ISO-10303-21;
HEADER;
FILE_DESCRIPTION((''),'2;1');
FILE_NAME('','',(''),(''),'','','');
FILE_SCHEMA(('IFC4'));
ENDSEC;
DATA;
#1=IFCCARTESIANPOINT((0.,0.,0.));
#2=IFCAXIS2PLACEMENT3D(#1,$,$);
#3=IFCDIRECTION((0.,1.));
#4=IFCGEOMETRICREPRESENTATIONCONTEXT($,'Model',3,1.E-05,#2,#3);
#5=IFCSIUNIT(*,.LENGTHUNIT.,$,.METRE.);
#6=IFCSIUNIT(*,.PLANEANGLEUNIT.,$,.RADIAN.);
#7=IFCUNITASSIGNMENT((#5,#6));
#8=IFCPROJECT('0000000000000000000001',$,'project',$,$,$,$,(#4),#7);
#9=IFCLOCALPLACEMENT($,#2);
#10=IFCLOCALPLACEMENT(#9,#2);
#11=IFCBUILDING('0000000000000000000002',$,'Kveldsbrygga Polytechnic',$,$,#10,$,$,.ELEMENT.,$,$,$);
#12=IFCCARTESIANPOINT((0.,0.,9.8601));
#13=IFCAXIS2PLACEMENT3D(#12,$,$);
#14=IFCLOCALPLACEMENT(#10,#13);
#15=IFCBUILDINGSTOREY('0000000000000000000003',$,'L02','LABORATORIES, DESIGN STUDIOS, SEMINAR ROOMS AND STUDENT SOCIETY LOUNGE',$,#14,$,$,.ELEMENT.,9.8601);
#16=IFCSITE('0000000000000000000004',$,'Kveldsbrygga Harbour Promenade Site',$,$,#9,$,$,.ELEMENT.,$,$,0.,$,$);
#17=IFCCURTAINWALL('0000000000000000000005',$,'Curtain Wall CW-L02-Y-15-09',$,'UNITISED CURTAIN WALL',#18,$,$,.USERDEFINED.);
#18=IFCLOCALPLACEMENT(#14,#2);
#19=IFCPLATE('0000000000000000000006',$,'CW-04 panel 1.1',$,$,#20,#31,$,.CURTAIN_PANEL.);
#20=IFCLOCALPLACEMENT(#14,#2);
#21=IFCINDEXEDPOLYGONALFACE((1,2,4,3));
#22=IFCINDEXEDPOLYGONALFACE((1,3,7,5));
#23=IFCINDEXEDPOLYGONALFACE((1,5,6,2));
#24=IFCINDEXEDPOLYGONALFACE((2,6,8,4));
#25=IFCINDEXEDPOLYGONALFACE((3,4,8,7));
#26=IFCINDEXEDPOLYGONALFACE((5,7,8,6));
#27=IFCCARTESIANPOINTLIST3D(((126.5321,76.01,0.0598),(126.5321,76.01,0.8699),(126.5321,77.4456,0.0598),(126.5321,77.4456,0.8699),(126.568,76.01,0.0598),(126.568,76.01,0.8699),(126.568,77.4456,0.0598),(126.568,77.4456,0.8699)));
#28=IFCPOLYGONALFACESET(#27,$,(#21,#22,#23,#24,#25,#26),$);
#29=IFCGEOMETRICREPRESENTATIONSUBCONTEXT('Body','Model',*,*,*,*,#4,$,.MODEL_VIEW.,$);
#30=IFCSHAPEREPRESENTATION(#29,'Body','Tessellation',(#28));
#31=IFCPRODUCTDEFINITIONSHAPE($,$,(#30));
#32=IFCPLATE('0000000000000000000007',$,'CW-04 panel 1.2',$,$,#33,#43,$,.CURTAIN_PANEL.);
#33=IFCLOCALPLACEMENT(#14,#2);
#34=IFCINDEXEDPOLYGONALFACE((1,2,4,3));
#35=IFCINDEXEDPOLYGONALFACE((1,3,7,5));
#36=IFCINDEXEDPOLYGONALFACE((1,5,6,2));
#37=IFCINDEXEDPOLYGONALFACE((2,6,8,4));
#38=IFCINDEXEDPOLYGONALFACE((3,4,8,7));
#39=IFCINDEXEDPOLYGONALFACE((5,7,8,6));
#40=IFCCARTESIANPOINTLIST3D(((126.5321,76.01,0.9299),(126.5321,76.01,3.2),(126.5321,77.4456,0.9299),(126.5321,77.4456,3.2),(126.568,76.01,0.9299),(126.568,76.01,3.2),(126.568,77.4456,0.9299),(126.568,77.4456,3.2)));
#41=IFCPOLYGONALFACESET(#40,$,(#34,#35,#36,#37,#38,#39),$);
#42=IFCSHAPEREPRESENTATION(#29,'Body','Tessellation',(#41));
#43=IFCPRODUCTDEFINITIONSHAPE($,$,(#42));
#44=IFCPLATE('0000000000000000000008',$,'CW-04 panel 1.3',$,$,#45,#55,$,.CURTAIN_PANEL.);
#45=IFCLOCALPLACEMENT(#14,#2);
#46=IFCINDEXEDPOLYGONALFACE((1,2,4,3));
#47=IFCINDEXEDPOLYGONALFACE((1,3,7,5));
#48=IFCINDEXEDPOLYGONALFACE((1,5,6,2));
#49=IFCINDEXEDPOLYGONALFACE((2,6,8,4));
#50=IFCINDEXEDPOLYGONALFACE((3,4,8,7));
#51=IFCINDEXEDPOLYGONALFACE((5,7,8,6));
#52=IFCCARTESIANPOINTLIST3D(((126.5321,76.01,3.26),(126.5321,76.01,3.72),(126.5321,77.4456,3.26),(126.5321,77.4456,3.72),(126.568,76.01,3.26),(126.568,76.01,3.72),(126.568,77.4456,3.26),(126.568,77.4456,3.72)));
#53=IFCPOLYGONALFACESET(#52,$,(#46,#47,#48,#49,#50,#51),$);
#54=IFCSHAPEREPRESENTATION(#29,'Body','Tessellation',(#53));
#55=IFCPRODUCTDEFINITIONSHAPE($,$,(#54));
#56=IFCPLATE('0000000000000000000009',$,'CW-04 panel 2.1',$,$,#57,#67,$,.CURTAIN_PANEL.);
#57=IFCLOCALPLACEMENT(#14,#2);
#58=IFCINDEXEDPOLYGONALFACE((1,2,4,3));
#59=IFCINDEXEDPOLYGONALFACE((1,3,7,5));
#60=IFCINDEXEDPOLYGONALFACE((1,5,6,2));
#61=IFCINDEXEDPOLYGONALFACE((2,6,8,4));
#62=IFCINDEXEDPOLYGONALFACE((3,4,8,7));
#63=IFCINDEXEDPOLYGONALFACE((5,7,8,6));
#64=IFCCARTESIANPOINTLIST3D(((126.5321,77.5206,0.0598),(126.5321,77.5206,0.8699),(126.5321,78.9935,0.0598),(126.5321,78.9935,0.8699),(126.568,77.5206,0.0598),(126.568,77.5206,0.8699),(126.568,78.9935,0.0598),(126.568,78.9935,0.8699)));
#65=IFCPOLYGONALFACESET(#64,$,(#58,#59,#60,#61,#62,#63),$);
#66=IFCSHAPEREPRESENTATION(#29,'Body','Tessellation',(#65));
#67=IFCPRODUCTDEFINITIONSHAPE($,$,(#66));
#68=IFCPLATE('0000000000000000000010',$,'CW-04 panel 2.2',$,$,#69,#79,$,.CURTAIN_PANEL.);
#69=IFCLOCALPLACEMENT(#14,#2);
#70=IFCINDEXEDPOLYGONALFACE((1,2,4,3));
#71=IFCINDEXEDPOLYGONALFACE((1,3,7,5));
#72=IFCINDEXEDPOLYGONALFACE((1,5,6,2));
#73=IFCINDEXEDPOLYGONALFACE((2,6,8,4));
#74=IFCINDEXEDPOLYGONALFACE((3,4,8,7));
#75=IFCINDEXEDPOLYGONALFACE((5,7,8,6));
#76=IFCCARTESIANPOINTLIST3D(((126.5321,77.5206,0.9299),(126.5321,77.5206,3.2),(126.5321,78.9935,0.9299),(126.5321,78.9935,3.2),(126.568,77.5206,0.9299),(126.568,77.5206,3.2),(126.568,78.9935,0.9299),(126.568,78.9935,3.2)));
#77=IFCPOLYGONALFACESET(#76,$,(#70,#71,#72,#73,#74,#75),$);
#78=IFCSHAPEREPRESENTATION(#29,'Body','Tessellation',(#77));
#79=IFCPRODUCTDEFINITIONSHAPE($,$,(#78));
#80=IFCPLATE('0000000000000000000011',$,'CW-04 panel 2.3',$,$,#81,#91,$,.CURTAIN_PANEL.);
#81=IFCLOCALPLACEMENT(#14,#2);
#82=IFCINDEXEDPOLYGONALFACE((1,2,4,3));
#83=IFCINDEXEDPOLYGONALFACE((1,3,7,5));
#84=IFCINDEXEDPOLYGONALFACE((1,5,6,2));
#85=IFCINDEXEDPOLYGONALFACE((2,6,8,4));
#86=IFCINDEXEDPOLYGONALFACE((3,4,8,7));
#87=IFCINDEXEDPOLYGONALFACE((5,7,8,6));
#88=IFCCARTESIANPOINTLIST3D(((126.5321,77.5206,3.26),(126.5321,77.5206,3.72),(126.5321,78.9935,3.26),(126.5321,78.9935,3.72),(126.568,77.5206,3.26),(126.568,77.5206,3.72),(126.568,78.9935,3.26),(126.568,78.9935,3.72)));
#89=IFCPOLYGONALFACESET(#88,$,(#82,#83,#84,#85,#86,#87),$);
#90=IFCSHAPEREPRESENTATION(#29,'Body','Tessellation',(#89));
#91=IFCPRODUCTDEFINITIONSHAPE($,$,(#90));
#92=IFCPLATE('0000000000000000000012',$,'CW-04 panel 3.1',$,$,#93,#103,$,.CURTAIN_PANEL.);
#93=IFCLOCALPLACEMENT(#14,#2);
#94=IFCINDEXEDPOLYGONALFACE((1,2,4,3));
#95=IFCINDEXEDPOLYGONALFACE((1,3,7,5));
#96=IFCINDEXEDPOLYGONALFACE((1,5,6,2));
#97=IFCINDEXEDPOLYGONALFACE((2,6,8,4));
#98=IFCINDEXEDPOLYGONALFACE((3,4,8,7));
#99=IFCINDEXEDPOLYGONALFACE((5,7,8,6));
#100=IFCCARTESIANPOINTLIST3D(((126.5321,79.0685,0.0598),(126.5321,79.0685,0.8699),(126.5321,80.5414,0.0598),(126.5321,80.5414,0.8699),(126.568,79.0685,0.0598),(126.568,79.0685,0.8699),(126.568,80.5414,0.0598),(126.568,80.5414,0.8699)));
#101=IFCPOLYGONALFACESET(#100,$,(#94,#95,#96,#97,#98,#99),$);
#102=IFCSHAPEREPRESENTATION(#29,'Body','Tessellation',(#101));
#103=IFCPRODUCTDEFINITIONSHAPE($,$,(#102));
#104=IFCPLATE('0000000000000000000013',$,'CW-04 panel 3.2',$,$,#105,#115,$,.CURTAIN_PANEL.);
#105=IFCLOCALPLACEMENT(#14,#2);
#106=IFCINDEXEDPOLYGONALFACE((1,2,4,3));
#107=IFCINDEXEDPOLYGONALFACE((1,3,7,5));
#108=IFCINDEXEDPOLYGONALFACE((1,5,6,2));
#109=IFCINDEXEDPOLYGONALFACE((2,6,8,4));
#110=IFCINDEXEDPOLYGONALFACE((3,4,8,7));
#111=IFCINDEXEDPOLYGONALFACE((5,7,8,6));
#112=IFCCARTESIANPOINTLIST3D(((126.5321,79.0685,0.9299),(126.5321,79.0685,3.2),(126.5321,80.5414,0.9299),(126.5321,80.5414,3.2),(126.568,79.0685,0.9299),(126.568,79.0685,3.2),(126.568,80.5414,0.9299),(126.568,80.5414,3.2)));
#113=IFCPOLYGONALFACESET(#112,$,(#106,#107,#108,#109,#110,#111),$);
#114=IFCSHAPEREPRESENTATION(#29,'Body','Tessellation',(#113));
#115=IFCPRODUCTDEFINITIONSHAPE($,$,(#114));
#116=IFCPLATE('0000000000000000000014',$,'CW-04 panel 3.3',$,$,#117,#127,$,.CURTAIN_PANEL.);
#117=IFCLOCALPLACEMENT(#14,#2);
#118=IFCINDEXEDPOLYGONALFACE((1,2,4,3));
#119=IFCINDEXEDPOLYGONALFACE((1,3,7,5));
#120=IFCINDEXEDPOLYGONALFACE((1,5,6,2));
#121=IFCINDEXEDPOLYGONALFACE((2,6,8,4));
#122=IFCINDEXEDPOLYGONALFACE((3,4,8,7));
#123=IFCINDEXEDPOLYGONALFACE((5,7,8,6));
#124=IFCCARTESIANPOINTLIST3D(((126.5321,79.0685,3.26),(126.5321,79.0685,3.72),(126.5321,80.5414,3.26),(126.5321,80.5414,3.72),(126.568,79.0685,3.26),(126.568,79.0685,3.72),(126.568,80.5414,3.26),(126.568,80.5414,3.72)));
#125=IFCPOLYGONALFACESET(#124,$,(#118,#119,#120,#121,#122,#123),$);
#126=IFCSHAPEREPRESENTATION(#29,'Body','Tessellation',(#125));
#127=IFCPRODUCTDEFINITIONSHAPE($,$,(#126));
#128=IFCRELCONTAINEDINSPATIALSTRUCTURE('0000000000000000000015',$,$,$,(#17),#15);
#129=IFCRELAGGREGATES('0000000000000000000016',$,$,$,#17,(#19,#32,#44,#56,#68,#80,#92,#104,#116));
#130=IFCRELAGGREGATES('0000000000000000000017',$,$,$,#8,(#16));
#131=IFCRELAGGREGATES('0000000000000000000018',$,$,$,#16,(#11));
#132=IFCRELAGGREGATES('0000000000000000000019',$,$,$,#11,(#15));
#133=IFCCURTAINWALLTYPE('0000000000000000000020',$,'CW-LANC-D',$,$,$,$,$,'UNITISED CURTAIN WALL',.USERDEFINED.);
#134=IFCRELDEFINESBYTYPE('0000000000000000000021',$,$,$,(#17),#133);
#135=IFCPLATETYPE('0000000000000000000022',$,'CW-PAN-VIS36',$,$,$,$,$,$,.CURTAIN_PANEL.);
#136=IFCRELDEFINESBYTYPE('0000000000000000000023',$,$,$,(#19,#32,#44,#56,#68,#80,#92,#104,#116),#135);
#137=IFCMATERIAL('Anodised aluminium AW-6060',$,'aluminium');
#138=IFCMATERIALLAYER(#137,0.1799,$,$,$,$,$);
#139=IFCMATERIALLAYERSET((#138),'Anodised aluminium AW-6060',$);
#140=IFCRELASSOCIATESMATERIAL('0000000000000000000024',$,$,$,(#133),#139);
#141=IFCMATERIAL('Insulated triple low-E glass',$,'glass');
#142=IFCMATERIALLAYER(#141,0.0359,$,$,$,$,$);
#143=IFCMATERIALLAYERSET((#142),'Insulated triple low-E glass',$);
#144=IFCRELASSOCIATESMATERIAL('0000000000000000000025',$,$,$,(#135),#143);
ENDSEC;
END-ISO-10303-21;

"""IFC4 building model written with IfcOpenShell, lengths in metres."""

from ifc_helpers import new_model, si_unit, direction, frame, origin, origin_2d, place, context, subcontext, project, spatial, rectangle, extrude, material, layer, layer_set, type_object, element, aggregate, save


model = new_model("IFC4")

# Units and contexts
model_context = context("Model", 3, precision=1e-05, world=origin(), true_north=direction((0.0, 1.0)))
body_context = subcontext(model_context, "Body", "Model", "MODEL_VIEW")
ifc_project = project(units=[si_unit("LENGTHUNIT", "METRE"), si_unit("PLANEANGLEUNIT", "RADIAN")], contexts=[model_context])

# Site, building, storey
site_placement = place(None, origin())
site = spatial("IfcSite", under=ifc_project, at=site_placement, Name="Kveldsbrygga Harbour Promenade Site", CompositionType="ELEMENT", RefElevation=0.0)
building_placement = place(site_placement, origin())
building = spatial("IfcBuilding", under=site, at=building_placement, Name="Kveldsbrygga Polytechnic", CompositionType="ELEMENT")
storey_placement = place(building_placement, frame((0.0, 0.0, 9.8601)))
storey = spatial("IfcBuildingStorey", under=building, at=storey_placement, Name="L02", Description="LABORATORIES, DESIGN STUDIOS, SEMINAR ROOMS AND STUDENT SOCIETY LOUNGE", CompositionType="ELEMENT", Elevation=9.8601)

# Curtain wall, plates
ifc_material_1 = material(Name="Anodised aluminium AW-6060", Category="aluminium")
ifc_layer_1 = layer(ifc_material_1, 0.1799)
ifc_layer_set_1 = layer_set([ifc_layer_1], Name="Anodised aluminium AW-6060")
curtain_wall_type = type_object("IfcCurtainWallType", Name="CW-LANC-D", ElementType="UNITISED CURTAIN WALL", PredefinedType="USERDEFINED", material=ifc_layer_set_1)
curtain_wall_placement = place(storey_placement, origin())
curtain_wall = element("IfcCurtainWall", 1, at=curtain_wall_placement, inside=storey, type_object=curtain_wall_type, Name="Curtain Wall CW-L02-Y-15-09", ObjectType="UNITISED CURTAIN WALL", PredefinedType="USERDEFINED")
ifc_material_2 = material(Name="Insulated triple low-E glass", Category="glass")
ifc_layer_2 = layer(ifc_material_2, 0.0359)
ifc_layer_set_2 = layer_set([ifc_layer_2], Name="Insulated triple low-E glass")
plate_type = type_object("IfcPlateType", Name="CW-PAN-VIS36", PredefinedType="CURTAIN_PANEL", material=ifc_layer_set_2)
plate_1_placement = place(storey_placement, frame((126.55, 76.7278, 0.0598), z_axis=(0.0, 0.0, 1.0), x_axis=(0.0, 1.0, 0.0)))
plate_1 = element("IfcPlate", 2, at=plate_1_placement, type_object=plate_type, Name="CW-04 panel 1.1", PredefinedType="CURTAIN_PANEL", context=body_context, shape_type="SweptSolid", body=[
    extrude(rectangle(XDim=1.4355, YDim=0.0359, at=origin_2d()), origin(), (0.0, 0.0, 1.0), 0.8101),
])
plate_2_placement = place(storey_placement, frame((126.55, 76.7278, 0.9299), z_axis=(0.0, 0.0, 1.0), x_axis=(0.0, 1.0, 0.0)))
plate_2 = element("IfcPlate", 3, at=plate_2_placement, type_object=plate_type, Name="CW-04 panel 1.2", PredefinedType="CURTAIN_PANEL", context=body_context, shape_type="SweptSolid", body=[
    extrude(rectangle(XDim=1.4355, YDim=0.0359, at=origin_2d()), origin(), (0.0, 0.0, 1.0), 2.27),
])
plate_3_placement = place(storey_placement, frame((126.55, 76.7278, 3.26), z_axis=(0.0, 0.0, 1.0), x_axis=(0.0, 1.0, 0.0)))
plate_3 = element("IfcPlate", 4, at=plate_3_placement, type_object=plate_type, Name="CW-04 panel 1.3", PredefinedType="CURTAIN_PANEL", context=body_context, shape_type="SweptSolid", body=[
    extrude(rectangle(XDim=1.4355, YDim=0.0359, at=origin_2d()), origin(), (0.0, 0.0, 1.0), 0.46),
])
plate_4_placement = place(storey_placement, frame((126.55, 78.2571, 0.0598), z_axis=(0.0, 0.0, 1.0), x_axis=(0.0, 1.0, 0.0)))
plate_4 = element("IfcPlate", 5, at=plate_4_placement, type_object=plate_type, Name="CW-04 panel 2.1", PredefinedType="CURTAIN_PANEL", context=body_context, shape_type="SweptSolid", body=[
    extrude(rectangle(XDim=1.4729, YDim=0.0359, at=origin_2d()), origin(), (0.0, 0.0, 1.0), 0.8101),
])
plate_5_placement = place(storey_placement, frame((126.55, 78.2571, 0.9299), z_axis=(0.0, 0.0, 1.0), x_axis=(0.0, 1.0, 0.0)))
plate_5 = element("IfcPlate", 6, at=plate_5_placement, type_object=plate_type, Name="CW-04 panel 2.2", PredefinedType="CURTAIN_PANEL", context=body_context, shape_type="SweptSolid", body=[
    extrude(rectangle(XDim=1.4729, YDim=0.0359, at=origin_2d()), origin(), (0.0, 0.0, 1.0), 2.27),
])
plate_6_placement = place(storey_placement, frame((126.55, 78.2571, 3.26), z_axis=(0.0, 0.0, 1.0), x_axis=(0.0, 1.0, 0.0)))
plate_6 = element("IfcPlate", 7, at=plate_6_placement, type_object=plate_type, Name="CW-04 panel 2.3", PredefinedType="CURTAIN_PANEL", context=body_context, shape_type="SweptSolid", body=[
    extrude(rectangle(XDim=1.4729, YDim=0.0359, at=origin_2d()), origin(), (0.0, 0.0, 1.0), 0.46),
])
plate_7_placement = place(storey_placement, frame((126.55, 79.8049, 0.0598), z_axis=(0.0, 0.0, 1.0), x_axis=(0.0, 1.0, 0.0)))
plate_7 = element("IfcPlate", 8, at=plate_7_placement, type_object=plate_type, Name="CW-04 panel 3.1", PredefinedType="CURTAIN_PANEL", context=body_context, shape_type="SweptSolid", body=[
    extrude(rectangle(XDim=1.4729, YDim=0.0359, at=origin_2d()), origin(), (0.0, 0.0, 1.0), 0.8101),
])
plate_8_placement = place(storey_placement, frame((126.55, 79.8049, 0.9299), z_axis=(0.0, 0.0, 1.0), x_axis=(0.0, 1.0, 0.0)))
plate_8 = element("IfcPlate", 9, at=plate_8_placement, type_object=plate_type, Name="CW-04 panel 3.2", PredefinedType="CURTAIN_PANEL", context=body_context, shape_type="SweptSolid", body=[
    extrude(rectangle(XDim=1.4729, YDim=0.0359, at=origin_2d()), origin(), (0.0, 0.0, 1.0), 2.27),
])
plate_9_placement = place(storey_placement, frame((126.55, 79.8049, 3.26), z_axis=(0.0, 0.0, 1.0), x_axis=(0.0, 1.0, 0.0)))
plate_9 = element("IfcPlate", 10, at=plate_9_placement, type_object=plate_type, Name="CW-04 panel 3.3", PredefinedType="CURTAIN_PANEL", context=body_context, shape_type="SweptSolid", body=[
    extrude(rectangle(XDim=1.4729, YDim=0.0359, at=origin_2d()), origin(), (0.0, 0.0, 1.0), 0.46),
])
aggregate(curtain_wall, [plate_1, plate_2, plate_3, plate_4, plate_5, plate_6, plate_7, plate_8, plate_9])

save(model, "model.ifc")
